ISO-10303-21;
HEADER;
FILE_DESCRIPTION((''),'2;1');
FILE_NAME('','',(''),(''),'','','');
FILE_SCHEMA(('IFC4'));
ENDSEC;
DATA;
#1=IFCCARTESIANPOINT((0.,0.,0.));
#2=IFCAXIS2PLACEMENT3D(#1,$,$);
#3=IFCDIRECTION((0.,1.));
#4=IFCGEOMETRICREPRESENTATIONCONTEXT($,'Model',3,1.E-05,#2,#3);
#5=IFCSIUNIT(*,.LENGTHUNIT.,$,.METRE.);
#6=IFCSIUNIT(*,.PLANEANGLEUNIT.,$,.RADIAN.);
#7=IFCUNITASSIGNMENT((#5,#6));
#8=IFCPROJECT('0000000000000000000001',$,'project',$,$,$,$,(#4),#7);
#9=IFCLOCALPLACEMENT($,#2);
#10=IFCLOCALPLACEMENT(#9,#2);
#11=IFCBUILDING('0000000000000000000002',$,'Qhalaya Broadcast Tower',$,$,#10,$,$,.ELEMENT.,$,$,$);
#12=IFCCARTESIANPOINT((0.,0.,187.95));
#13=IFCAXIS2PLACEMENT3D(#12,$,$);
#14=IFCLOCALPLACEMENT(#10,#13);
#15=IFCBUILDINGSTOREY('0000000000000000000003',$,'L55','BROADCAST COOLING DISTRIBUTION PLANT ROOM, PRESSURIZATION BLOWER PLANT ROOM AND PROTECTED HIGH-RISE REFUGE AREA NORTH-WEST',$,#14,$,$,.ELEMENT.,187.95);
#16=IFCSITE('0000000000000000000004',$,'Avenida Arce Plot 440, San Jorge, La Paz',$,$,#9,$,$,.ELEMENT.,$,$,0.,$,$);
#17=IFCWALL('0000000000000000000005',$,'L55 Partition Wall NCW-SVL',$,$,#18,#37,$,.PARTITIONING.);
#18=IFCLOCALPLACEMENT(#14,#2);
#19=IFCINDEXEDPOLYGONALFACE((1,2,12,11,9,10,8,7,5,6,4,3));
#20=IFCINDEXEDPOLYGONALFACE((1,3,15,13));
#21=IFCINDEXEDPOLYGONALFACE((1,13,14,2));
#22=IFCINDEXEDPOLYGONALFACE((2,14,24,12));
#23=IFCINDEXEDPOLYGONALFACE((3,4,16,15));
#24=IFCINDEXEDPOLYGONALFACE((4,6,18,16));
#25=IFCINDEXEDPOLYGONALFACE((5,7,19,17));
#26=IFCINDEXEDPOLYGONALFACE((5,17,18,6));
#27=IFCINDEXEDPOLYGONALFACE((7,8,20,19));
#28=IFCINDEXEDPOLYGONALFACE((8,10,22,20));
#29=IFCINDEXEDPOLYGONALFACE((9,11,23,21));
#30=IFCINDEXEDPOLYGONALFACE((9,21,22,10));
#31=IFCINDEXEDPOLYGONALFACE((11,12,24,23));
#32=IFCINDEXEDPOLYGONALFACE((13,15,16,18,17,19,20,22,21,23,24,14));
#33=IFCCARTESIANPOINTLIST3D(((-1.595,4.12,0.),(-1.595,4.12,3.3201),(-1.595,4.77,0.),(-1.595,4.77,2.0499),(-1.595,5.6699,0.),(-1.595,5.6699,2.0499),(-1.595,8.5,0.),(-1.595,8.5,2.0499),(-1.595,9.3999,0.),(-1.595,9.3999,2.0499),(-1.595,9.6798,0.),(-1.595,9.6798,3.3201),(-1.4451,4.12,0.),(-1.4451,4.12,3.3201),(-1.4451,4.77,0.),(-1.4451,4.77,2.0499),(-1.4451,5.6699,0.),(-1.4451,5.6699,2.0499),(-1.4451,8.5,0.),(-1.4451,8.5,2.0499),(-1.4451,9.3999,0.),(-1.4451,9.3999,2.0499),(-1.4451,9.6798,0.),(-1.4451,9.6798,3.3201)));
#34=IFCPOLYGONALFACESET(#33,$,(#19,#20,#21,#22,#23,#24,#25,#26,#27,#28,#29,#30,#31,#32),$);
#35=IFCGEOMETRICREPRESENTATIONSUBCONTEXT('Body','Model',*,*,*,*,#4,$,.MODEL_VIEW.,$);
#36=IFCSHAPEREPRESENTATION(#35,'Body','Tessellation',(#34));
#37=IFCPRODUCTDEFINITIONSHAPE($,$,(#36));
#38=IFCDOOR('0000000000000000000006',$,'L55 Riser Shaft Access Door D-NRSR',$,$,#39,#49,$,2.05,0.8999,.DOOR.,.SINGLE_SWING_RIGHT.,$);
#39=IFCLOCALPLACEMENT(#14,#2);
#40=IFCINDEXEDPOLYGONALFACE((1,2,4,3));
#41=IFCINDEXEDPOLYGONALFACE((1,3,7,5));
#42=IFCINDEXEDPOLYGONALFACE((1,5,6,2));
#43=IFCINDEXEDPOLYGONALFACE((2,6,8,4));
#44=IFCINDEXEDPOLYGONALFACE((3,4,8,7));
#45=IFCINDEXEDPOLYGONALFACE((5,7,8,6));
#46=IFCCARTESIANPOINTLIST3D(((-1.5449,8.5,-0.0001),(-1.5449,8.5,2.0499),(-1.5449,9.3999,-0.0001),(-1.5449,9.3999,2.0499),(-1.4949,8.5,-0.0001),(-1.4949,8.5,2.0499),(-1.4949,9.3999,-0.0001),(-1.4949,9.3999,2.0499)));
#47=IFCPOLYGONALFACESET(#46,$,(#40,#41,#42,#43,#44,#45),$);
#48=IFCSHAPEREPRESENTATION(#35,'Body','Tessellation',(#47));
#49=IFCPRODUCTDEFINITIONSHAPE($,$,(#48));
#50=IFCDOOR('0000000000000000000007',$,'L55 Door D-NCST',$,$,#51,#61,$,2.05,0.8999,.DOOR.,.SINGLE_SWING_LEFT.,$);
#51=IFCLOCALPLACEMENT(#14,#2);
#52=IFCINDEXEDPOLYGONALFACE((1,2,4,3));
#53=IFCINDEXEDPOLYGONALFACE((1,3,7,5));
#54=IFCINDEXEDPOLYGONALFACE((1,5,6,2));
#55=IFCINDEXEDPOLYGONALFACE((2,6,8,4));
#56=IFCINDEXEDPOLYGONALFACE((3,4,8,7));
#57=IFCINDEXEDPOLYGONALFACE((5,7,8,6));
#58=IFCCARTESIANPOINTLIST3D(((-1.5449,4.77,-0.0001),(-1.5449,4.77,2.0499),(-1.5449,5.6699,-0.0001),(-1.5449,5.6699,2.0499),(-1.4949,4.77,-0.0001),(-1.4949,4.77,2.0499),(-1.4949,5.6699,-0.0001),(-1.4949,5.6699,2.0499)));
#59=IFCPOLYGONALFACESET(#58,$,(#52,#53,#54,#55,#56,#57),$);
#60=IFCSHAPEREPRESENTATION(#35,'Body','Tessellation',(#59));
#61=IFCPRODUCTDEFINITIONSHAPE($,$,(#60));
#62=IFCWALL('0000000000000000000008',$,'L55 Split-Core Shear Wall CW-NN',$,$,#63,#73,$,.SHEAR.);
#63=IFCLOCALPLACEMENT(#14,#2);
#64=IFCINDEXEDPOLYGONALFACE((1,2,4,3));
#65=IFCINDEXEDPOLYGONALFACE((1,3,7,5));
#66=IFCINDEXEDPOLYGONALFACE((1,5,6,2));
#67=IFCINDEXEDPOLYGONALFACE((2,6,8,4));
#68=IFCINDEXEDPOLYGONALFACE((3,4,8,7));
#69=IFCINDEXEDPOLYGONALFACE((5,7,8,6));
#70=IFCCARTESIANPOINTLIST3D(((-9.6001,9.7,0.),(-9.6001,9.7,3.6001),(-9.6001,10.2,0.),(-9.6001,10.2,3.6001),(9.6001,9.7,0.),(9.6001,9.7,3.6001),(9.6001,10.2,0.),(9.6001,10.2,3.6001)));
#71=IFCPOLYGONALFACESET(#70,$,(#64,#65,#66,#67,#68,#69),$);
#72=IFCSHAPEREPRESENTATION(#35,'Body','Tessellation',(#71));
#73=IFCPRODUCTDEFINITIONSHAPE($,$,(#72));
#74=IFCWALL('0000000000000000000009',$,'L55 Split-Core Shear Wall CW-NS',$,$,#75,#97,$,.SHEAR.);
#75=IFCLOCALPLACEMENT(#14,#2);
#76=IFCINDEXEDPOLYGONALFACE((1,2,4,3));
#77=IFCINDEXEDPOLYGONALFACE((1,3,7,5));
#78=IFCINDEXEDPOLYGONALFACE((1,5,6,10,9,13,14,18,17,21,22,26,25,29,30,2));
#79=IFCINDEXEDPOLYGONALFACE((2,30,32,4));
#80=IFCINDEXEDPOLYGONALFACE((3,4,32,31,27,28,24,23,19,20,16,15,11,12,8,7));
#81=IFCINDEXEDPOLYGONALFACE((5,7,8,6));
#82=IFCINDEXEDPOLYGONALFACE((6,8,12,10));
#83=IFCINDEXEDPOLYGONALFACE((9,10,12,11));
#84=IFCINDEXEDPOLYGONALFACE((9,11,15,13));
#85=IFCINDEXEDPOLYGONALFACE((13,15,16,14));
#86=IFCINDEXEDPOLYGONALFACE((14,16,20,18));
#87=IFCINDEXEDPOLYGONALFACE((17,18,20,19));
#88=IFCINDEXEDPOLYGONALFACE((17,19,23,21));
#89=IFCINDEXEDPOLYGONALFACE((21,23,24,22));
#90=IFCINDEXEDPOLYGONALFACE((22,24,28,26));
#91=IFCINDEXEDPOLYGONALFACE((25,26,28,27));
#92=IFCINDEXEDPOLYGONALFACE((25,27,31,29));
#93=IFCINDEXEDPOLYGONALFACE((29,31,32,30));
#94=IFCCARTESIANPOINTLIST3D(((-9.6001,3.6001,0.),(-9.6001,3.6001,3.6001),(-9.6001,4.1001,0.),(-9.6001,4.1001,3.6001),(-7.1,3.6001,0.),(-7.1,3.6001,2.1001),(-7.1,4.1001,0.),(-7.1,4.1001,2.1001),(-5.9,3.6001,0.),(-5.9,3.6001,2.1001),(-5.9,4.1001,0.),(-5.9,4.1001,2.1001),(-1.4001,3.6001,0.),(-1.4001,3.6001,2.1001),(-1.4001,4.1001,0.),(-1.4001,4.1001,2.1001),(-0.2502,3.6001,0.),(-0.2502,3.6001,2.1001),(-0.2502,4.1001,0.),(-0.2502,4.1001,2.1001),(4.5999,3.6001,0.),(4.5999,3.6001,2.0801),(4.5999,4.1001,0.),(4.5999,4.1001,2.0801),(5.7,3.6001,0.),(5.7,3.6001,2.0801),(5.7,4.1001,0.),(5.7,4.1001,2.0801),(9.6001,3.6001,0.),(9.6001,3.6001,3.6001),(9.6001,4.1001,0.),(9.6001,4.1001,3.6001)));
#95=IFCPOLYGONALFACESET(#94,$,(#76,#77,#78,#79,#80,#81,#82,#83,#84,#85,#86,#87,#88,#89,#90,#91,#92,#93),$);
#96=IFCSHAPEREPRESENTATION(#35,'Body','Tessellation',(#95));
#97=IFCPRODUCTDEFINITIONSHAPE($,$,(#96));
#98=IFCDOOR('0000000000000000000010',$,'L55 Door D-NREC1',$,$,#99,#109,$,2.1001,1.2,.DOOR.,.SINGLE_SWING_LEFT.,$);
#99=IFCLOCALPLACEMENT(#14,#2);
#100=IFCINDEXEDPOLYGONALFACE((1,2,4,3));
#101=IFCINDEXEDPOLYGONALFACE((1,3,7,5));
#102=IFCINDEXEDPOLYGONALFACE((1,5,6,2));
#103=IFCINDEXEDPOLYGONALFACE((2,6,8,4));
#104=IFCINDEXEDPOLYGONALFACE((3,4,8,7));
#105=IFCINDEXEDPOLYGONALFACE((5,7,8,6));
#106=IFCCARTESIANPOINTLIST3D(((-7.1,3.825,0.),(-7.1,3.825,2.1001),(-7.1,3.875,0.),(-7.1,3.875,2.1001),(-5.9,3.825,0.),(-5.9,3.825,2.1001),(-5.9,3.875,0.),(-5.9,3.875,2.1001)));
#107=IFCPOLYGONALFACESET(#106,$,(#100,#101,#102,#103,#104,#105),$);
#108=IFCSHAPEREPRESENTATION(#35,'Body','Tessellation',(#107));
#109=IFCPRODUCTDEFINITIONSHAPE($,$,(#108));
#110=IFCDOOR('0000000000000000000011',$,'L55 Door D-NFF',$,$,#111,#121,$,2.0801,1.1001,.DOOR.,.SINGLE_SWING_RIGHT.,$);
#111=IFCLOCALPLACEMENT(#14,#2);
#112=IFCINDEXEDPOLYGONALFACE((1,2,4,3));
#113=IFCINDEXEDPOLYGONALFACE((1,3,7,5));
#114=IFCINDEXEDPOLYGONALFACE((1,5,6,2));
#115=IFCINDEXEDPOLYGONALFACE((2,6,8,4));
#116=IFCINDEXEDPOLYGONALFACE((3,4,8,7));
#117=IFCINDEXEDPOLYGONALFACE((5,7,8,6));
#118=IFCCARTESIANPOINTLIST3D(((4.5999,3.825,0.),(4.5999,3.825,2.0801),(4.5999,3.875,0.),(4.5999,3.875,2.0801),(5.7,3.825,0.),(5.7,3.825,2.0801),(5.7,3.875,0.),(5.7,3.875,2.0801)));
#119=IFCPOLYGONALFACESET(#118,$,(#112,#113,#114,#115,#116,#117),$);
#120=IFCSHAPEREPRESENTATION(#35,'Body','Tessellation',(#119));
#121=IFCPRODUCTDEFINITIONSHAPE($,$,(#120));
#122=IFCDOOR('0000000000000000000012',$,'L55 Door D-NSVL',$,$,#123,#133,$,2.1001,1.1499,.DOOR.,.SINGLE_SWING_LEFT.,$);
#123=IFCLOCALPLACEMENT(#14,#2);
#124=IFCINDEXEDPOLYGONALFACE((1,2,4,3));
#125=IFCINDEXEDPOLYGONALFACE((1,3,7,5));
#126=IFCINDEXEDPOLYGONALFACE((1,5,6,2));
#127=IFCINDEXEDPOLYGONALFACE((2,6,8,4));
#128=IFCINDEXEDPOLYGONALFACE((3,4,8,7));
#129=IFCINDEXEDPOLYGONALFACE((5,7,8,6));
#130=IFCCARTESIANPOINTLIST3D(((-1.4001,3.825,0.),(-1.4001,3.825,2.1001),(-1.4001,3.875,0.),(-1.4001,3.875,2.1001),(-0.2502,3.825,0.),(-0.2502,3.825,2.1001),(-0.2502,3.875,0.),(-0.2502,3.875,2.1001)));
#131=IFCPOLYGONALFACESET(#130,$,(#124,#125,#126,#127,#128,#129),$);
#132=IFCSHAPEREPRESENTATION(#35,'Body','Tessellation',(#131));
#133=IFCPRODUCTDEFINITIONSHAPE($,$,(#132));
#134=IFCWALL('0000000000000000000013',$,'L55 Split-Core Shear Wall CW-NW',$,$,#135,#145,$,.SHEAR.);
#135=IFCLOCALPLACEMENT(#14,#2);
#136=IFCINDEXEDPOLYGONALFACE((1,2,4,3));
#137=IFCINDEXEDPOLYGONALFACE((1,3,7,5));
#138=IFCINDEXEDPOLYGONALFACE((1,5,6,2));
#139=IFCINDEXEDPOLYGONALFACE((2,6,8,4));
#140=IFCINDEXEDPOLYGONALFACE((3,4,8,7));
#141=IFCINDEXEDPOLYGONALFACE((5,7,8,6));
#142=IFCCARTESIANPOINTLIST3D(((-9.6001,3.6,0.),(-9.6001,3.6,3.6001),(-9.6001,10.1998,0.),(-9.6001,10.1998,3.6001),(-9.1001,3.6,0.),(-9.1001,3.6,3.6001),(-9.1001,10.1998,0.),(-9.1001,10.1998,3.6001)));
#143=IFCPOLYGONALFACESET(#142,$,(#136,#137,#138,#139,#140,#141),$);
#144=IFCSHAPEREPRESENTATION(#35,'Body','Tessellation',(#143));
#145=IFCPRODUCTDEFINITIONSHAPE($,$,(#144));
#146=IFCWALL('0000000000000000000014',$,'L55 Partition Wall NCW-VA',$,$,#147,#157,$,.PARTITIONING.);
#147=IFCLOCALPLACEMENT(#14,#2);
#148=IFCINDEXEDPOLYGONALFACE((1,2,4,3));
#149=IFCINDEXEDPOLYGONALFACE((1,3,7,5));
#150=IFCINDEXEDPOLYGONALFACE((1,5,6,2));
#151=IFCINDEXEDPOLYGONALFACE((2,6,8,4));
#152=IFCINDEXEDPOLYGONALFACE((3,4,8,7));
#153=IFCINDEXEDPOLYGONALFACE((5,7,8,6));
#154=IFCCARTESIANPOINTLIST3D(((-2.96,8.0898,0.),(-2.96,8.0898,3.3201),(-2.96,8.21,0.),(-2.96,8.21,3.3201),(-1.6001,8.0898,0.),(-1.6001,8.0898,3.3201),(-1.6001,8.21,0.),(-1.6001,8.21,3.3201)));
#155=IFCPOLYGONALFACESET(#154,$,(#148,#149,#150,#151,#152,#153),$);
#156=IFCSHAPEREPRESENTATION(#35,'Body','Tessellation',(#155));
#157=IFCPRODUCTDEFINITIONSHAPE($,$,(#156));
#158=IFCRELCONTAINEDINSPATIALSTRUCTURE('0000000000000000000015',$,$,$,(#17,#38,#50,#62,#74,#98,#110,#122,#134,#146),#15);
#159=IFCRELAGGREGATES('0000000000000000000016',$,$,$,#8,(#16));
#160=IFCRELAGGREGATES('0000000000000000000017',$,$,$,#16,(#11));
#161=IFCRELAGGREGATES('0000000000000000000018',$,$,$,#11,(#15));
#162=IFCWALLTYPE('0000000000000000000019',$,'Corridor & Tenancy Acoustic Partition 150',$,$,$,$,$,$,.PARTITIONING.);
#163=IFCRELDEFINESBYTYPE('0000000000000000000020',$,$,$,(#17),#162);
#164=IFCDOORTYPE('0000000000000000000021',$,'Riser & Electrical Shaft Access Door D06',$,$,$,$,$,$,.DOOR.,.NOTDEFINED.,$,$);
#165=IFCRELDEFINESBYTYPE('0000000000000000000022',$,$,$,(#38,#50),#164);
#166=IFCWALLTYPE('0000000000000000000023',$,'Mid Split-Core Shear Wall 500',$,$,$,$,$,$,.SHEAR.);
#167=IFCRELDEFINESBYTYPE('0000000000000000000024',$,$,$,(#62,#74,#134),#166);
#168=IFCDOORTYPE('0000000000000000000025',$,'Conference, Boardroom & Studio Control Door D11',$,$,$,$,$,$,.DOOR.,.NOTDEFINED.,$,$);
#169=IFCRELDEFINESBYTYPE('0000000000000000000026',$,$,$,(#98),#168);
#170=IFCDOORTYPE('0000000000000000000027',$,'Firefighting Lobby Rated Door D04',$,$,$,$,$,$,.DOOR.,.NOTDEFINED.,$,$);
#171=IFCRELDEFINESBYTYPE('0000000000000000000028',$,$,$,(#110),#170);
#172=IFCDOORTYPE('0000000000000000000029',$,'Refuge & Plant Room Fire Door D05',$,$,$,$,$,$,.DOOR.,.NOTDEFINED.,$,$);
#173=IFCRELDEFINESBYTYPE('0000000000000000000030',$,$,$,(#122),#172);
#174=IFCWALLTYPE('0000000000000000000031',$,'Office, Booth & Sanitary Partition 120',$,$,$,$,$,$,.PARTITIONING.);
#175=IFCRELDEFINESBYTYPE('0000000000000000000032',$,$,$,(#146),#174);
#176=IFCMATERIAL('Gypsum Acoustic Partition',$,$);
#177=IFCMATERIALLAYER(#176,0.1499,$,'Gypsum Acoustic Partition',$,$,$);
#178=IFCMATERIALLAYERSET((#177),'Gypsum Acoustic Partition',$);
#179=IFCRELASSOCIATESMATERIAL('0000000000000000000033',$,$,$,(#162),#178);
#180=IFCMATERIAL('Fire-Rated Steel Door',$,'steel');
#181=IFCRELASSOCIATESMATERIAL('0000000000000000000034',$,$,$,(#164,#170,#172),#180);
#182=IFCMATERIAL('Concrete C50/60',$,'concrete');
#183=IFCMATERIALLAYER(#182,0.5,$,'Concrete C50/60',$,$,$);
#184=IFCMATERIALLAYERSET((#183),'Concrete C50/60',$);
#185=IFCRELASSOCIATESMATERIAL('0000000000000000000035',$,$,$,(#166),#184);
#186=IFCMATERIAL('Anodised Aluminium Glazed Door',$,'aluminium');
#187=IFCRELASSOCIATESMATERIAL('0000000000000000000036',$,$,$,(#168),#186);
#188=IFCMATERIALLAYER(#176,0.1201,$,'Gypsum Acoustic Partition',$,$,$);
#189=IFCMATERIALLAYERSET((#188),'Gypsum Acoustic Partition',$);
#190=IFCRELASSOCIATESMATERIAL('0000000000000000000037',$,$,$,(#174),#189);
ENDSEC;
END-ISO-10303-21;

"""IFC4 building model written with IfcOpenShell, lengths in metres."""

from ifc_helpers import new_model, si_unit, direction, frame, frame_2d, origin, place, context, subcontext, project, spatial, rectangle, extrude, material, layer, layer_set, type_object, element, fill, save


model = new_model("IFC4")

# Units and contexts
model_context = context("Model", 3, precision=1e-05, world=origin(), true_north=direction((0.0, 1.0)))
body_context = subcontext(model_context, "Body", "Model", "MODEL_VIEW")
ifc_project = project(units=[si_unit("LENGTHUNIT", "METRE"), si_unit("PLANEANGLEUNIT", "RADIAN")], contexts=[model_context])

# Site, building, storey
site_placement = place(None, origin())
site = spatial("IfcSite", under=ifc_project, at=site_placement, Name="Avenida Arce Plot 440, San Jorge, La Paz", CompositionType="ELEMENT", RefElevation=0.0)
building_placement = place(site_placement, origin())
building = spatial("IfcBuilding", under=site, at=building_placement, Name="Qhalaya Broadcast Tower", CompositionType="ELEMENT")
storey_placement = place(building_placement, frame((0.0, 0.0, 187.95)))
storey = spatial("IfcBuildingStorey", under=building, at=storey_placement, Name="L55", Description="BROADCAST COOLING DISTRIBUTION PLANT ROOM, PRESSURIZATION BLOWER PLANT ROOM AND PROTECTED HIGH-RISE REFUGE AREA NORTH-WEST", CompositionType="ELEMENT", Elevation=187.95)

# Shared definitions
ifc_material_1 = material(Name="Concrete C50/60", Category="concrete")

# Wall, openings, doors
ifc_material_2 = material(Name="Gypsum Acoustic Partition")
ifc_layer_1 = layer(ifc_material_2, 0.1499, Name="Gypsum Acoustic Partition")
ifc_layer_set_1 = layer_set([ifc_layer_1], Name="Gypsum Acoustic Partition")
wall_type_1 = type_object("IfcWallType", Name="Corridor & Tenancy Acoustic Partition 150", PredefinedType="PARTITIONING", material=ifc_layer_set_1)
wall_1_placement = place(storey_placement, frame((-1.52, 4.1201, 0.0), z_axis=(0.0, 0.0, 1.0), x_axis=(0.0, 1.0, 0.0)))
wall_1 = element("IfcWall", 1, at=wall_1_placement, inside=storey, type_object=wall_type_1, Name="L55 Partition Wall NCW-SVL", PredefinedType="PARTITIONING", context=body_context, shape_type="SweptSolid", body=[
    extrude(rectangle(XDim=5.5598, YDim=0.1499, at=frame_2d((2.7798, 0.0))), origin(), (0.0, 0.0, 1.0), 3.3201),
])
opening_1_placement = place(wall_1_placement, frame((4.3799, 0.0, 0.0)))
opening_1 = element("IfcOpeningElement", 2, at=opening_1_placement, cuts=wall_1, PredefinedType="OPENING", context=body_context, shape_type="SweptSolid", body=[
    extrude(rectangle(XDim=0.8999, YDim=2.05, at=frame_2d((0.45, 1.0249))), frame((0.0, 0.0869, 0.0), z_axis=(0.0, -1.0, 0.0), x_axis=(1.0, 0.0, 0.0)), (0.0, 0.0, 1.0), 0.1738),
])
opening_2_placement = place(wall_1_placement, frame((0.6499, 0.0, 0.0)))
opening_2 = element("IfcOpeningElement", 3, at=opening_2_placement, cuts=wall_1, PredefinedType="OPENING", context=body_context, shape_type="SweptSolid", body=[
    extrude(rectangle(XDim=0.8999, YDim=2.05, at=frame_2d((0.45, 1.0249))), frame((0.0, 0.0869, 0.0), z_axis=(0.0, -1.0, 0.0), x_axis=(1.0, 0.0, 0.0)), (0.0, 0.0, 1.0), 0.1738),
])
ifc_material_3 = material(Name="Fire-Rated Steel Door", Category="steel")
door_type_1 = type_object("IfcDoorType", Name="Riser & Electrical Shaft Access Door D06", OperationType="NOTDEFINED", PredefinedType="DOOR", material=ifc_material_3)
door_1_placement = place(opening_1_placement, origin())
door_1 = element("IfcDoor", 4, at=door_1_placement, inside=storey, type_object=door_type_1, Name="L55 Riser Shaft Access Door D-NRSR", OperationType="SINGLE_SWING_RIGHT", OverallHeight=2.05, OverallWidth=0.8999, PredefinedType="DOOR", context=body_context, shape_type="SweptSolid", body=[
    extrude(rectangle(XDim=0.8999, YDim=2.05, at=frame_2d((0.45, 1.0249))), frame((0.0, 0.0249, 0.0), z_axis=(0.0, -1.0, 0.0), x_axis=(1.0, 0.0, 0.0)), (0.0, 0.0, 1.0), 0.05),
])
fill(opening_1, door_1)
door_2_placement = place(opening_2_placement, origin())
door_2 = element("IfcDoor", 5, at=door_2_placement, inside=storey, type_object=door_type_1, Name="L55 Door D-NCST", OperationType="SINGLE_SWING_LEFT", OverallHeight=2.05, OverallWidth=0.8999, PredefinedType="DOOR", context=body_context, shape_type="SweptSolid", body=[
    extrude(rectangle(XDim=0.8999, YDim=2.05, at=frame_2d((0.45, 1.0249))), frame((0.0, 0.0249, 0.0), z_axis=(0.0, -1.0, 0.0), x_axis=(1.0, 0.0, 0.0)), (0.0, 0.0, 1.0), 0.05),
])
fill(opening_2, door_2)

# Wall
ifc_layer_2 = layer(ifc_material_1, 0.5, Name="Concrete C50/60")
ifc_layer_set_2 = layer_set([ifc_layer_2], Name="Concrete C50/60")
wall_type_2 = type_object("IfcWallType", Name="Mid Split-Core Shear Wall 500", PredefinedType="SHEAR", material=ifc_layer_set_2)
wall_2_placement = place(storey_placement, frame((-9.6001, 9.95, 0.0), z_axis=(0.0, 0.0, 1.0), x_axis=(1.0, 0.0, 0.0)))
element("IfcWall", 6, at=wall_2_placement, inside=storey, type_object=wall_type_2, Name="L55 Split-Core Shear Wall CW-NN", PredefinedType="SHEAR", context=body_context, shape_type="SweptSolid", body=[
    extrude(rectangle(XDim=19.2002, YDim=0.5, at=frame_2d((9.6001, 0.0))), origin(), (0.0, 0.0, 1.0), 3.6001),
])

# Wall, openings, doors
wall_3_placement = place(storey_placement, frame((-9.6001, 3.8501, 0.0), z_axis=(0.0, 0.0, 1.0), x_axis=(1.0, 0.0, 0.0)))
wall_3 = element("IfcWall", 7, at=wall_3_placement, inside=storey, type_object=wall_type_2, Name="L55 Split-Core Shear Wall CW-NS", PredefinedType="SHEAR", context=body_context, shape_type="SweptSolid", body=[
    extrude(rectangle(XDim=19.2002, YDim=0.5, at=frame_2d((9.6001, 0.0))), origin(), (0.0, 0.0, 1.0), 3.6001),
])
opening_3_placement = place(wall_3_placement, frame((14.2, 0.0, 0.0)))
opening_3 = element("IfcOpeningElement", 8, at=opening_3_placement, cuts=wall_3, PredefinedType="OPENING", context=body_context, shape_type="SweptSolid", body=[
    extrude(rectangle(XDim=1.1001, YDim=2.0801, at=frame_2d((0.55, 1.04))), frame((0.0, 0.262, 0.0), z_axis=(0.0, -1.0, 0.0), x_axis=(1.0, 0.0, 0.0)), (0.0, 0.0, 1.0), 0.5239),
])
opening_4_placement = place(wall_3_placement, frame((8.2, 0.0, 0.0)))
opening_4 = element("IfcOpeningElement", 9, at=opening_4_placement, cuts=wall_3, PredefinedType="OPENING", context=body_context, shape_type="SweptSolid", body=[
    extrude(rectangle(XDim=1.1499, YDim=2.1001, at=frame_2d((0.575, 1.05))), frame((0.0, 0.262, 0.0), z_axis=(0.0, -1.0, 0.0), x_axis=(1.0, 0.0, 0.0)), (0.0, 0.0, 1.0), 0.5239),
])
opening_5_placement = place(wall_3_placement, frame((2.5, 0.0, 0.0)))
opening_5 = element("IfcOpeningElement", 10, at=opening_5_placement, cuts=wall_3, PredefinedType="OPENING", context=body_context, shape_type="SweptSolid", body=[
    extrude(rectangle(XDim=1.2, YDim=2.1001, at=frame_2d((0.6001, 1.05))), frame((0.0, 0.262, 0.0), z_axis=(0.0, -1.0, 0.0), x_axis=(1.0, 0.0, 0.0)), (0.0, 0.0, 1.0), 0.5239),
])
ifc_material_4 = material(Name="Anodised Aluminium Glazed Door", Category="aluminium")
door_type_2 = type_object("IfcDoorType", Name="Conference, Boardroom & Studio Control Door D11", OperationType="NOTDEFINED", PredefinedType="DOOR", material=ifc_material_4)
door_3_placement = place(opening_5_placement, origin())
door_3 = element("IfcDoor", 11, at=door_3_placement, inside=storey, type_object=door_type_2, Name="L55 Door D-NREC1", OperationType="SINGLE_SWING_LEFT", OverallHeight=2.1001, OverallWidth=1.2, PredefinedType="DOOR", context=body_context, shape_type="SweptSolid", body=[
    extrude(rectangle(XDim=1.2, YDim=2.1001, at=frame_2d((0.6001, 1.05))), frame((0.0, 0.0249, 0.0), z_axis=(0.0, -1.0, 0.0), x_axis=(1.0, 0.0, 0.0)), (0.0, 0.0, 1.0), 0.05),
])
fill(opening_5, door_3)
door_type_3 = type_object("IfcDoorType", Name="Firefighting Lobby Rated Door D04", OperationType="NOTDEFINED", PredefinedType="DOOR", material=ifc_material_3)
door_4_placement = place(opening_3_placement, origin())
door_4 = element("IfcDoor", 12, at=door_4_placement, inside=storey, type_object=door_type_3, Name="L55 Door D-NFF", OperationType="SINGLE_SWING_RIGHT", OverallHeight=2.0801, OverallWidth=1.1001, PredefinedType="DOOR", context=body_context, shape_type="SweptSolid", body=[
    extrude(rectangle(XDim=1.1001, YDim=2.0801, at=frame_2d((0.55, 1.04))), frame((0.0, 0.0249, 0.0), z_axis=(0.0, -1.0, 0.0), x_axis=(1.0, 0.0, 0.0)), (0.0, 0.0, 1.0), 0.05),
])
fill(opening_3, door_4)
door_type_4 = type_object("IfcDoorType", Name="Refuge & Plant Room Fire Door D05", OperationType="NOTDEFINED", PredefinedType="DOOR", material=ifc_material_3)
door_5_placement = place(opening_4_placement, origin())
door_5 = element("IfcDoor", 13, at=door_5_placement, inside=storey, type_object=door_type_4, Name="L55 Door D-NSVL", OperationType="SINGLE_SWING_LEFT", OverallHeight=2.1001, OverallWidth=1.1499, PredefinedType="DOOR", context=body_context, shape_type="SweptSolid", body=[
    extrude(rectangle(XDim=1.1499, YDim=2.1001, at=frame_2d((0.575, 1.05))), frame((0.0, 0.0249, 0.0), z_axis=(0.0, -1.0, 0.0), x_axis=(1.0, 0.0, 0.0)), (0.0, 0.0, 1.0), 0.05),
])
fill(opening_4, door_5)

# Walls
wall_4_placement = place(storey_placement, frame((-9.3501, 3.6001, 0.0), z_axis=(0.0, 0.0, 1.0), x_axis=(0.0, 1.0, 0.0)))
element("IfcWall", 14, at=wall_4_placement, inside=storey, type_object=wall_type_2, Name="L55 Split-Core Shear Wall CW-NW", PredefinedType="SHEAR", context=body_context, shape_type="SweptSolid", body=[
    extrude(rectangle(XDim=6.5999, YDim=0.5, at=frame_2d((3.2998, 0.0))), origin(), (0.0, 0.0, 1.0), 3.6001),
])
ifc_layer_3 = layer(ifc_material_2, 0.1201, Name="Gypsum Acoustic Partition")
ifc_layer_set_3 = layer_set([ifc_layer_3], Name="Gypsum Acoustic Partition")
wall_type_3 = type_object("IfcWallType", Name="Office, Booth & Sanitary Partition 120", PredefinedType="PARTITIONING", material=ifc_layer_set_3)
wall_5_placement = place(storey_placement, frame((-2.96, 8.1499, 0.0), z_axis=(0.0, 0.0, 1.0), x_axis=(1.0, 0.0, 0.0)))
element("IfcWall", 15, at=wall_5_placement, inside=storey, type_object=wall_type_3, Name="L55 Partition Wall NCW-VA", PredefinedType="PARTITIONING", context=body_context, shape_type="SweptSolid", body=[
    extrude(rectangle(XDim=1.3599, YDim=0.1201, at=frame_2d((0.6799, 0.0))), origin(), (0.0, 0.0, 1.0), 3.3201),
])

save(model, "model.ifc")
